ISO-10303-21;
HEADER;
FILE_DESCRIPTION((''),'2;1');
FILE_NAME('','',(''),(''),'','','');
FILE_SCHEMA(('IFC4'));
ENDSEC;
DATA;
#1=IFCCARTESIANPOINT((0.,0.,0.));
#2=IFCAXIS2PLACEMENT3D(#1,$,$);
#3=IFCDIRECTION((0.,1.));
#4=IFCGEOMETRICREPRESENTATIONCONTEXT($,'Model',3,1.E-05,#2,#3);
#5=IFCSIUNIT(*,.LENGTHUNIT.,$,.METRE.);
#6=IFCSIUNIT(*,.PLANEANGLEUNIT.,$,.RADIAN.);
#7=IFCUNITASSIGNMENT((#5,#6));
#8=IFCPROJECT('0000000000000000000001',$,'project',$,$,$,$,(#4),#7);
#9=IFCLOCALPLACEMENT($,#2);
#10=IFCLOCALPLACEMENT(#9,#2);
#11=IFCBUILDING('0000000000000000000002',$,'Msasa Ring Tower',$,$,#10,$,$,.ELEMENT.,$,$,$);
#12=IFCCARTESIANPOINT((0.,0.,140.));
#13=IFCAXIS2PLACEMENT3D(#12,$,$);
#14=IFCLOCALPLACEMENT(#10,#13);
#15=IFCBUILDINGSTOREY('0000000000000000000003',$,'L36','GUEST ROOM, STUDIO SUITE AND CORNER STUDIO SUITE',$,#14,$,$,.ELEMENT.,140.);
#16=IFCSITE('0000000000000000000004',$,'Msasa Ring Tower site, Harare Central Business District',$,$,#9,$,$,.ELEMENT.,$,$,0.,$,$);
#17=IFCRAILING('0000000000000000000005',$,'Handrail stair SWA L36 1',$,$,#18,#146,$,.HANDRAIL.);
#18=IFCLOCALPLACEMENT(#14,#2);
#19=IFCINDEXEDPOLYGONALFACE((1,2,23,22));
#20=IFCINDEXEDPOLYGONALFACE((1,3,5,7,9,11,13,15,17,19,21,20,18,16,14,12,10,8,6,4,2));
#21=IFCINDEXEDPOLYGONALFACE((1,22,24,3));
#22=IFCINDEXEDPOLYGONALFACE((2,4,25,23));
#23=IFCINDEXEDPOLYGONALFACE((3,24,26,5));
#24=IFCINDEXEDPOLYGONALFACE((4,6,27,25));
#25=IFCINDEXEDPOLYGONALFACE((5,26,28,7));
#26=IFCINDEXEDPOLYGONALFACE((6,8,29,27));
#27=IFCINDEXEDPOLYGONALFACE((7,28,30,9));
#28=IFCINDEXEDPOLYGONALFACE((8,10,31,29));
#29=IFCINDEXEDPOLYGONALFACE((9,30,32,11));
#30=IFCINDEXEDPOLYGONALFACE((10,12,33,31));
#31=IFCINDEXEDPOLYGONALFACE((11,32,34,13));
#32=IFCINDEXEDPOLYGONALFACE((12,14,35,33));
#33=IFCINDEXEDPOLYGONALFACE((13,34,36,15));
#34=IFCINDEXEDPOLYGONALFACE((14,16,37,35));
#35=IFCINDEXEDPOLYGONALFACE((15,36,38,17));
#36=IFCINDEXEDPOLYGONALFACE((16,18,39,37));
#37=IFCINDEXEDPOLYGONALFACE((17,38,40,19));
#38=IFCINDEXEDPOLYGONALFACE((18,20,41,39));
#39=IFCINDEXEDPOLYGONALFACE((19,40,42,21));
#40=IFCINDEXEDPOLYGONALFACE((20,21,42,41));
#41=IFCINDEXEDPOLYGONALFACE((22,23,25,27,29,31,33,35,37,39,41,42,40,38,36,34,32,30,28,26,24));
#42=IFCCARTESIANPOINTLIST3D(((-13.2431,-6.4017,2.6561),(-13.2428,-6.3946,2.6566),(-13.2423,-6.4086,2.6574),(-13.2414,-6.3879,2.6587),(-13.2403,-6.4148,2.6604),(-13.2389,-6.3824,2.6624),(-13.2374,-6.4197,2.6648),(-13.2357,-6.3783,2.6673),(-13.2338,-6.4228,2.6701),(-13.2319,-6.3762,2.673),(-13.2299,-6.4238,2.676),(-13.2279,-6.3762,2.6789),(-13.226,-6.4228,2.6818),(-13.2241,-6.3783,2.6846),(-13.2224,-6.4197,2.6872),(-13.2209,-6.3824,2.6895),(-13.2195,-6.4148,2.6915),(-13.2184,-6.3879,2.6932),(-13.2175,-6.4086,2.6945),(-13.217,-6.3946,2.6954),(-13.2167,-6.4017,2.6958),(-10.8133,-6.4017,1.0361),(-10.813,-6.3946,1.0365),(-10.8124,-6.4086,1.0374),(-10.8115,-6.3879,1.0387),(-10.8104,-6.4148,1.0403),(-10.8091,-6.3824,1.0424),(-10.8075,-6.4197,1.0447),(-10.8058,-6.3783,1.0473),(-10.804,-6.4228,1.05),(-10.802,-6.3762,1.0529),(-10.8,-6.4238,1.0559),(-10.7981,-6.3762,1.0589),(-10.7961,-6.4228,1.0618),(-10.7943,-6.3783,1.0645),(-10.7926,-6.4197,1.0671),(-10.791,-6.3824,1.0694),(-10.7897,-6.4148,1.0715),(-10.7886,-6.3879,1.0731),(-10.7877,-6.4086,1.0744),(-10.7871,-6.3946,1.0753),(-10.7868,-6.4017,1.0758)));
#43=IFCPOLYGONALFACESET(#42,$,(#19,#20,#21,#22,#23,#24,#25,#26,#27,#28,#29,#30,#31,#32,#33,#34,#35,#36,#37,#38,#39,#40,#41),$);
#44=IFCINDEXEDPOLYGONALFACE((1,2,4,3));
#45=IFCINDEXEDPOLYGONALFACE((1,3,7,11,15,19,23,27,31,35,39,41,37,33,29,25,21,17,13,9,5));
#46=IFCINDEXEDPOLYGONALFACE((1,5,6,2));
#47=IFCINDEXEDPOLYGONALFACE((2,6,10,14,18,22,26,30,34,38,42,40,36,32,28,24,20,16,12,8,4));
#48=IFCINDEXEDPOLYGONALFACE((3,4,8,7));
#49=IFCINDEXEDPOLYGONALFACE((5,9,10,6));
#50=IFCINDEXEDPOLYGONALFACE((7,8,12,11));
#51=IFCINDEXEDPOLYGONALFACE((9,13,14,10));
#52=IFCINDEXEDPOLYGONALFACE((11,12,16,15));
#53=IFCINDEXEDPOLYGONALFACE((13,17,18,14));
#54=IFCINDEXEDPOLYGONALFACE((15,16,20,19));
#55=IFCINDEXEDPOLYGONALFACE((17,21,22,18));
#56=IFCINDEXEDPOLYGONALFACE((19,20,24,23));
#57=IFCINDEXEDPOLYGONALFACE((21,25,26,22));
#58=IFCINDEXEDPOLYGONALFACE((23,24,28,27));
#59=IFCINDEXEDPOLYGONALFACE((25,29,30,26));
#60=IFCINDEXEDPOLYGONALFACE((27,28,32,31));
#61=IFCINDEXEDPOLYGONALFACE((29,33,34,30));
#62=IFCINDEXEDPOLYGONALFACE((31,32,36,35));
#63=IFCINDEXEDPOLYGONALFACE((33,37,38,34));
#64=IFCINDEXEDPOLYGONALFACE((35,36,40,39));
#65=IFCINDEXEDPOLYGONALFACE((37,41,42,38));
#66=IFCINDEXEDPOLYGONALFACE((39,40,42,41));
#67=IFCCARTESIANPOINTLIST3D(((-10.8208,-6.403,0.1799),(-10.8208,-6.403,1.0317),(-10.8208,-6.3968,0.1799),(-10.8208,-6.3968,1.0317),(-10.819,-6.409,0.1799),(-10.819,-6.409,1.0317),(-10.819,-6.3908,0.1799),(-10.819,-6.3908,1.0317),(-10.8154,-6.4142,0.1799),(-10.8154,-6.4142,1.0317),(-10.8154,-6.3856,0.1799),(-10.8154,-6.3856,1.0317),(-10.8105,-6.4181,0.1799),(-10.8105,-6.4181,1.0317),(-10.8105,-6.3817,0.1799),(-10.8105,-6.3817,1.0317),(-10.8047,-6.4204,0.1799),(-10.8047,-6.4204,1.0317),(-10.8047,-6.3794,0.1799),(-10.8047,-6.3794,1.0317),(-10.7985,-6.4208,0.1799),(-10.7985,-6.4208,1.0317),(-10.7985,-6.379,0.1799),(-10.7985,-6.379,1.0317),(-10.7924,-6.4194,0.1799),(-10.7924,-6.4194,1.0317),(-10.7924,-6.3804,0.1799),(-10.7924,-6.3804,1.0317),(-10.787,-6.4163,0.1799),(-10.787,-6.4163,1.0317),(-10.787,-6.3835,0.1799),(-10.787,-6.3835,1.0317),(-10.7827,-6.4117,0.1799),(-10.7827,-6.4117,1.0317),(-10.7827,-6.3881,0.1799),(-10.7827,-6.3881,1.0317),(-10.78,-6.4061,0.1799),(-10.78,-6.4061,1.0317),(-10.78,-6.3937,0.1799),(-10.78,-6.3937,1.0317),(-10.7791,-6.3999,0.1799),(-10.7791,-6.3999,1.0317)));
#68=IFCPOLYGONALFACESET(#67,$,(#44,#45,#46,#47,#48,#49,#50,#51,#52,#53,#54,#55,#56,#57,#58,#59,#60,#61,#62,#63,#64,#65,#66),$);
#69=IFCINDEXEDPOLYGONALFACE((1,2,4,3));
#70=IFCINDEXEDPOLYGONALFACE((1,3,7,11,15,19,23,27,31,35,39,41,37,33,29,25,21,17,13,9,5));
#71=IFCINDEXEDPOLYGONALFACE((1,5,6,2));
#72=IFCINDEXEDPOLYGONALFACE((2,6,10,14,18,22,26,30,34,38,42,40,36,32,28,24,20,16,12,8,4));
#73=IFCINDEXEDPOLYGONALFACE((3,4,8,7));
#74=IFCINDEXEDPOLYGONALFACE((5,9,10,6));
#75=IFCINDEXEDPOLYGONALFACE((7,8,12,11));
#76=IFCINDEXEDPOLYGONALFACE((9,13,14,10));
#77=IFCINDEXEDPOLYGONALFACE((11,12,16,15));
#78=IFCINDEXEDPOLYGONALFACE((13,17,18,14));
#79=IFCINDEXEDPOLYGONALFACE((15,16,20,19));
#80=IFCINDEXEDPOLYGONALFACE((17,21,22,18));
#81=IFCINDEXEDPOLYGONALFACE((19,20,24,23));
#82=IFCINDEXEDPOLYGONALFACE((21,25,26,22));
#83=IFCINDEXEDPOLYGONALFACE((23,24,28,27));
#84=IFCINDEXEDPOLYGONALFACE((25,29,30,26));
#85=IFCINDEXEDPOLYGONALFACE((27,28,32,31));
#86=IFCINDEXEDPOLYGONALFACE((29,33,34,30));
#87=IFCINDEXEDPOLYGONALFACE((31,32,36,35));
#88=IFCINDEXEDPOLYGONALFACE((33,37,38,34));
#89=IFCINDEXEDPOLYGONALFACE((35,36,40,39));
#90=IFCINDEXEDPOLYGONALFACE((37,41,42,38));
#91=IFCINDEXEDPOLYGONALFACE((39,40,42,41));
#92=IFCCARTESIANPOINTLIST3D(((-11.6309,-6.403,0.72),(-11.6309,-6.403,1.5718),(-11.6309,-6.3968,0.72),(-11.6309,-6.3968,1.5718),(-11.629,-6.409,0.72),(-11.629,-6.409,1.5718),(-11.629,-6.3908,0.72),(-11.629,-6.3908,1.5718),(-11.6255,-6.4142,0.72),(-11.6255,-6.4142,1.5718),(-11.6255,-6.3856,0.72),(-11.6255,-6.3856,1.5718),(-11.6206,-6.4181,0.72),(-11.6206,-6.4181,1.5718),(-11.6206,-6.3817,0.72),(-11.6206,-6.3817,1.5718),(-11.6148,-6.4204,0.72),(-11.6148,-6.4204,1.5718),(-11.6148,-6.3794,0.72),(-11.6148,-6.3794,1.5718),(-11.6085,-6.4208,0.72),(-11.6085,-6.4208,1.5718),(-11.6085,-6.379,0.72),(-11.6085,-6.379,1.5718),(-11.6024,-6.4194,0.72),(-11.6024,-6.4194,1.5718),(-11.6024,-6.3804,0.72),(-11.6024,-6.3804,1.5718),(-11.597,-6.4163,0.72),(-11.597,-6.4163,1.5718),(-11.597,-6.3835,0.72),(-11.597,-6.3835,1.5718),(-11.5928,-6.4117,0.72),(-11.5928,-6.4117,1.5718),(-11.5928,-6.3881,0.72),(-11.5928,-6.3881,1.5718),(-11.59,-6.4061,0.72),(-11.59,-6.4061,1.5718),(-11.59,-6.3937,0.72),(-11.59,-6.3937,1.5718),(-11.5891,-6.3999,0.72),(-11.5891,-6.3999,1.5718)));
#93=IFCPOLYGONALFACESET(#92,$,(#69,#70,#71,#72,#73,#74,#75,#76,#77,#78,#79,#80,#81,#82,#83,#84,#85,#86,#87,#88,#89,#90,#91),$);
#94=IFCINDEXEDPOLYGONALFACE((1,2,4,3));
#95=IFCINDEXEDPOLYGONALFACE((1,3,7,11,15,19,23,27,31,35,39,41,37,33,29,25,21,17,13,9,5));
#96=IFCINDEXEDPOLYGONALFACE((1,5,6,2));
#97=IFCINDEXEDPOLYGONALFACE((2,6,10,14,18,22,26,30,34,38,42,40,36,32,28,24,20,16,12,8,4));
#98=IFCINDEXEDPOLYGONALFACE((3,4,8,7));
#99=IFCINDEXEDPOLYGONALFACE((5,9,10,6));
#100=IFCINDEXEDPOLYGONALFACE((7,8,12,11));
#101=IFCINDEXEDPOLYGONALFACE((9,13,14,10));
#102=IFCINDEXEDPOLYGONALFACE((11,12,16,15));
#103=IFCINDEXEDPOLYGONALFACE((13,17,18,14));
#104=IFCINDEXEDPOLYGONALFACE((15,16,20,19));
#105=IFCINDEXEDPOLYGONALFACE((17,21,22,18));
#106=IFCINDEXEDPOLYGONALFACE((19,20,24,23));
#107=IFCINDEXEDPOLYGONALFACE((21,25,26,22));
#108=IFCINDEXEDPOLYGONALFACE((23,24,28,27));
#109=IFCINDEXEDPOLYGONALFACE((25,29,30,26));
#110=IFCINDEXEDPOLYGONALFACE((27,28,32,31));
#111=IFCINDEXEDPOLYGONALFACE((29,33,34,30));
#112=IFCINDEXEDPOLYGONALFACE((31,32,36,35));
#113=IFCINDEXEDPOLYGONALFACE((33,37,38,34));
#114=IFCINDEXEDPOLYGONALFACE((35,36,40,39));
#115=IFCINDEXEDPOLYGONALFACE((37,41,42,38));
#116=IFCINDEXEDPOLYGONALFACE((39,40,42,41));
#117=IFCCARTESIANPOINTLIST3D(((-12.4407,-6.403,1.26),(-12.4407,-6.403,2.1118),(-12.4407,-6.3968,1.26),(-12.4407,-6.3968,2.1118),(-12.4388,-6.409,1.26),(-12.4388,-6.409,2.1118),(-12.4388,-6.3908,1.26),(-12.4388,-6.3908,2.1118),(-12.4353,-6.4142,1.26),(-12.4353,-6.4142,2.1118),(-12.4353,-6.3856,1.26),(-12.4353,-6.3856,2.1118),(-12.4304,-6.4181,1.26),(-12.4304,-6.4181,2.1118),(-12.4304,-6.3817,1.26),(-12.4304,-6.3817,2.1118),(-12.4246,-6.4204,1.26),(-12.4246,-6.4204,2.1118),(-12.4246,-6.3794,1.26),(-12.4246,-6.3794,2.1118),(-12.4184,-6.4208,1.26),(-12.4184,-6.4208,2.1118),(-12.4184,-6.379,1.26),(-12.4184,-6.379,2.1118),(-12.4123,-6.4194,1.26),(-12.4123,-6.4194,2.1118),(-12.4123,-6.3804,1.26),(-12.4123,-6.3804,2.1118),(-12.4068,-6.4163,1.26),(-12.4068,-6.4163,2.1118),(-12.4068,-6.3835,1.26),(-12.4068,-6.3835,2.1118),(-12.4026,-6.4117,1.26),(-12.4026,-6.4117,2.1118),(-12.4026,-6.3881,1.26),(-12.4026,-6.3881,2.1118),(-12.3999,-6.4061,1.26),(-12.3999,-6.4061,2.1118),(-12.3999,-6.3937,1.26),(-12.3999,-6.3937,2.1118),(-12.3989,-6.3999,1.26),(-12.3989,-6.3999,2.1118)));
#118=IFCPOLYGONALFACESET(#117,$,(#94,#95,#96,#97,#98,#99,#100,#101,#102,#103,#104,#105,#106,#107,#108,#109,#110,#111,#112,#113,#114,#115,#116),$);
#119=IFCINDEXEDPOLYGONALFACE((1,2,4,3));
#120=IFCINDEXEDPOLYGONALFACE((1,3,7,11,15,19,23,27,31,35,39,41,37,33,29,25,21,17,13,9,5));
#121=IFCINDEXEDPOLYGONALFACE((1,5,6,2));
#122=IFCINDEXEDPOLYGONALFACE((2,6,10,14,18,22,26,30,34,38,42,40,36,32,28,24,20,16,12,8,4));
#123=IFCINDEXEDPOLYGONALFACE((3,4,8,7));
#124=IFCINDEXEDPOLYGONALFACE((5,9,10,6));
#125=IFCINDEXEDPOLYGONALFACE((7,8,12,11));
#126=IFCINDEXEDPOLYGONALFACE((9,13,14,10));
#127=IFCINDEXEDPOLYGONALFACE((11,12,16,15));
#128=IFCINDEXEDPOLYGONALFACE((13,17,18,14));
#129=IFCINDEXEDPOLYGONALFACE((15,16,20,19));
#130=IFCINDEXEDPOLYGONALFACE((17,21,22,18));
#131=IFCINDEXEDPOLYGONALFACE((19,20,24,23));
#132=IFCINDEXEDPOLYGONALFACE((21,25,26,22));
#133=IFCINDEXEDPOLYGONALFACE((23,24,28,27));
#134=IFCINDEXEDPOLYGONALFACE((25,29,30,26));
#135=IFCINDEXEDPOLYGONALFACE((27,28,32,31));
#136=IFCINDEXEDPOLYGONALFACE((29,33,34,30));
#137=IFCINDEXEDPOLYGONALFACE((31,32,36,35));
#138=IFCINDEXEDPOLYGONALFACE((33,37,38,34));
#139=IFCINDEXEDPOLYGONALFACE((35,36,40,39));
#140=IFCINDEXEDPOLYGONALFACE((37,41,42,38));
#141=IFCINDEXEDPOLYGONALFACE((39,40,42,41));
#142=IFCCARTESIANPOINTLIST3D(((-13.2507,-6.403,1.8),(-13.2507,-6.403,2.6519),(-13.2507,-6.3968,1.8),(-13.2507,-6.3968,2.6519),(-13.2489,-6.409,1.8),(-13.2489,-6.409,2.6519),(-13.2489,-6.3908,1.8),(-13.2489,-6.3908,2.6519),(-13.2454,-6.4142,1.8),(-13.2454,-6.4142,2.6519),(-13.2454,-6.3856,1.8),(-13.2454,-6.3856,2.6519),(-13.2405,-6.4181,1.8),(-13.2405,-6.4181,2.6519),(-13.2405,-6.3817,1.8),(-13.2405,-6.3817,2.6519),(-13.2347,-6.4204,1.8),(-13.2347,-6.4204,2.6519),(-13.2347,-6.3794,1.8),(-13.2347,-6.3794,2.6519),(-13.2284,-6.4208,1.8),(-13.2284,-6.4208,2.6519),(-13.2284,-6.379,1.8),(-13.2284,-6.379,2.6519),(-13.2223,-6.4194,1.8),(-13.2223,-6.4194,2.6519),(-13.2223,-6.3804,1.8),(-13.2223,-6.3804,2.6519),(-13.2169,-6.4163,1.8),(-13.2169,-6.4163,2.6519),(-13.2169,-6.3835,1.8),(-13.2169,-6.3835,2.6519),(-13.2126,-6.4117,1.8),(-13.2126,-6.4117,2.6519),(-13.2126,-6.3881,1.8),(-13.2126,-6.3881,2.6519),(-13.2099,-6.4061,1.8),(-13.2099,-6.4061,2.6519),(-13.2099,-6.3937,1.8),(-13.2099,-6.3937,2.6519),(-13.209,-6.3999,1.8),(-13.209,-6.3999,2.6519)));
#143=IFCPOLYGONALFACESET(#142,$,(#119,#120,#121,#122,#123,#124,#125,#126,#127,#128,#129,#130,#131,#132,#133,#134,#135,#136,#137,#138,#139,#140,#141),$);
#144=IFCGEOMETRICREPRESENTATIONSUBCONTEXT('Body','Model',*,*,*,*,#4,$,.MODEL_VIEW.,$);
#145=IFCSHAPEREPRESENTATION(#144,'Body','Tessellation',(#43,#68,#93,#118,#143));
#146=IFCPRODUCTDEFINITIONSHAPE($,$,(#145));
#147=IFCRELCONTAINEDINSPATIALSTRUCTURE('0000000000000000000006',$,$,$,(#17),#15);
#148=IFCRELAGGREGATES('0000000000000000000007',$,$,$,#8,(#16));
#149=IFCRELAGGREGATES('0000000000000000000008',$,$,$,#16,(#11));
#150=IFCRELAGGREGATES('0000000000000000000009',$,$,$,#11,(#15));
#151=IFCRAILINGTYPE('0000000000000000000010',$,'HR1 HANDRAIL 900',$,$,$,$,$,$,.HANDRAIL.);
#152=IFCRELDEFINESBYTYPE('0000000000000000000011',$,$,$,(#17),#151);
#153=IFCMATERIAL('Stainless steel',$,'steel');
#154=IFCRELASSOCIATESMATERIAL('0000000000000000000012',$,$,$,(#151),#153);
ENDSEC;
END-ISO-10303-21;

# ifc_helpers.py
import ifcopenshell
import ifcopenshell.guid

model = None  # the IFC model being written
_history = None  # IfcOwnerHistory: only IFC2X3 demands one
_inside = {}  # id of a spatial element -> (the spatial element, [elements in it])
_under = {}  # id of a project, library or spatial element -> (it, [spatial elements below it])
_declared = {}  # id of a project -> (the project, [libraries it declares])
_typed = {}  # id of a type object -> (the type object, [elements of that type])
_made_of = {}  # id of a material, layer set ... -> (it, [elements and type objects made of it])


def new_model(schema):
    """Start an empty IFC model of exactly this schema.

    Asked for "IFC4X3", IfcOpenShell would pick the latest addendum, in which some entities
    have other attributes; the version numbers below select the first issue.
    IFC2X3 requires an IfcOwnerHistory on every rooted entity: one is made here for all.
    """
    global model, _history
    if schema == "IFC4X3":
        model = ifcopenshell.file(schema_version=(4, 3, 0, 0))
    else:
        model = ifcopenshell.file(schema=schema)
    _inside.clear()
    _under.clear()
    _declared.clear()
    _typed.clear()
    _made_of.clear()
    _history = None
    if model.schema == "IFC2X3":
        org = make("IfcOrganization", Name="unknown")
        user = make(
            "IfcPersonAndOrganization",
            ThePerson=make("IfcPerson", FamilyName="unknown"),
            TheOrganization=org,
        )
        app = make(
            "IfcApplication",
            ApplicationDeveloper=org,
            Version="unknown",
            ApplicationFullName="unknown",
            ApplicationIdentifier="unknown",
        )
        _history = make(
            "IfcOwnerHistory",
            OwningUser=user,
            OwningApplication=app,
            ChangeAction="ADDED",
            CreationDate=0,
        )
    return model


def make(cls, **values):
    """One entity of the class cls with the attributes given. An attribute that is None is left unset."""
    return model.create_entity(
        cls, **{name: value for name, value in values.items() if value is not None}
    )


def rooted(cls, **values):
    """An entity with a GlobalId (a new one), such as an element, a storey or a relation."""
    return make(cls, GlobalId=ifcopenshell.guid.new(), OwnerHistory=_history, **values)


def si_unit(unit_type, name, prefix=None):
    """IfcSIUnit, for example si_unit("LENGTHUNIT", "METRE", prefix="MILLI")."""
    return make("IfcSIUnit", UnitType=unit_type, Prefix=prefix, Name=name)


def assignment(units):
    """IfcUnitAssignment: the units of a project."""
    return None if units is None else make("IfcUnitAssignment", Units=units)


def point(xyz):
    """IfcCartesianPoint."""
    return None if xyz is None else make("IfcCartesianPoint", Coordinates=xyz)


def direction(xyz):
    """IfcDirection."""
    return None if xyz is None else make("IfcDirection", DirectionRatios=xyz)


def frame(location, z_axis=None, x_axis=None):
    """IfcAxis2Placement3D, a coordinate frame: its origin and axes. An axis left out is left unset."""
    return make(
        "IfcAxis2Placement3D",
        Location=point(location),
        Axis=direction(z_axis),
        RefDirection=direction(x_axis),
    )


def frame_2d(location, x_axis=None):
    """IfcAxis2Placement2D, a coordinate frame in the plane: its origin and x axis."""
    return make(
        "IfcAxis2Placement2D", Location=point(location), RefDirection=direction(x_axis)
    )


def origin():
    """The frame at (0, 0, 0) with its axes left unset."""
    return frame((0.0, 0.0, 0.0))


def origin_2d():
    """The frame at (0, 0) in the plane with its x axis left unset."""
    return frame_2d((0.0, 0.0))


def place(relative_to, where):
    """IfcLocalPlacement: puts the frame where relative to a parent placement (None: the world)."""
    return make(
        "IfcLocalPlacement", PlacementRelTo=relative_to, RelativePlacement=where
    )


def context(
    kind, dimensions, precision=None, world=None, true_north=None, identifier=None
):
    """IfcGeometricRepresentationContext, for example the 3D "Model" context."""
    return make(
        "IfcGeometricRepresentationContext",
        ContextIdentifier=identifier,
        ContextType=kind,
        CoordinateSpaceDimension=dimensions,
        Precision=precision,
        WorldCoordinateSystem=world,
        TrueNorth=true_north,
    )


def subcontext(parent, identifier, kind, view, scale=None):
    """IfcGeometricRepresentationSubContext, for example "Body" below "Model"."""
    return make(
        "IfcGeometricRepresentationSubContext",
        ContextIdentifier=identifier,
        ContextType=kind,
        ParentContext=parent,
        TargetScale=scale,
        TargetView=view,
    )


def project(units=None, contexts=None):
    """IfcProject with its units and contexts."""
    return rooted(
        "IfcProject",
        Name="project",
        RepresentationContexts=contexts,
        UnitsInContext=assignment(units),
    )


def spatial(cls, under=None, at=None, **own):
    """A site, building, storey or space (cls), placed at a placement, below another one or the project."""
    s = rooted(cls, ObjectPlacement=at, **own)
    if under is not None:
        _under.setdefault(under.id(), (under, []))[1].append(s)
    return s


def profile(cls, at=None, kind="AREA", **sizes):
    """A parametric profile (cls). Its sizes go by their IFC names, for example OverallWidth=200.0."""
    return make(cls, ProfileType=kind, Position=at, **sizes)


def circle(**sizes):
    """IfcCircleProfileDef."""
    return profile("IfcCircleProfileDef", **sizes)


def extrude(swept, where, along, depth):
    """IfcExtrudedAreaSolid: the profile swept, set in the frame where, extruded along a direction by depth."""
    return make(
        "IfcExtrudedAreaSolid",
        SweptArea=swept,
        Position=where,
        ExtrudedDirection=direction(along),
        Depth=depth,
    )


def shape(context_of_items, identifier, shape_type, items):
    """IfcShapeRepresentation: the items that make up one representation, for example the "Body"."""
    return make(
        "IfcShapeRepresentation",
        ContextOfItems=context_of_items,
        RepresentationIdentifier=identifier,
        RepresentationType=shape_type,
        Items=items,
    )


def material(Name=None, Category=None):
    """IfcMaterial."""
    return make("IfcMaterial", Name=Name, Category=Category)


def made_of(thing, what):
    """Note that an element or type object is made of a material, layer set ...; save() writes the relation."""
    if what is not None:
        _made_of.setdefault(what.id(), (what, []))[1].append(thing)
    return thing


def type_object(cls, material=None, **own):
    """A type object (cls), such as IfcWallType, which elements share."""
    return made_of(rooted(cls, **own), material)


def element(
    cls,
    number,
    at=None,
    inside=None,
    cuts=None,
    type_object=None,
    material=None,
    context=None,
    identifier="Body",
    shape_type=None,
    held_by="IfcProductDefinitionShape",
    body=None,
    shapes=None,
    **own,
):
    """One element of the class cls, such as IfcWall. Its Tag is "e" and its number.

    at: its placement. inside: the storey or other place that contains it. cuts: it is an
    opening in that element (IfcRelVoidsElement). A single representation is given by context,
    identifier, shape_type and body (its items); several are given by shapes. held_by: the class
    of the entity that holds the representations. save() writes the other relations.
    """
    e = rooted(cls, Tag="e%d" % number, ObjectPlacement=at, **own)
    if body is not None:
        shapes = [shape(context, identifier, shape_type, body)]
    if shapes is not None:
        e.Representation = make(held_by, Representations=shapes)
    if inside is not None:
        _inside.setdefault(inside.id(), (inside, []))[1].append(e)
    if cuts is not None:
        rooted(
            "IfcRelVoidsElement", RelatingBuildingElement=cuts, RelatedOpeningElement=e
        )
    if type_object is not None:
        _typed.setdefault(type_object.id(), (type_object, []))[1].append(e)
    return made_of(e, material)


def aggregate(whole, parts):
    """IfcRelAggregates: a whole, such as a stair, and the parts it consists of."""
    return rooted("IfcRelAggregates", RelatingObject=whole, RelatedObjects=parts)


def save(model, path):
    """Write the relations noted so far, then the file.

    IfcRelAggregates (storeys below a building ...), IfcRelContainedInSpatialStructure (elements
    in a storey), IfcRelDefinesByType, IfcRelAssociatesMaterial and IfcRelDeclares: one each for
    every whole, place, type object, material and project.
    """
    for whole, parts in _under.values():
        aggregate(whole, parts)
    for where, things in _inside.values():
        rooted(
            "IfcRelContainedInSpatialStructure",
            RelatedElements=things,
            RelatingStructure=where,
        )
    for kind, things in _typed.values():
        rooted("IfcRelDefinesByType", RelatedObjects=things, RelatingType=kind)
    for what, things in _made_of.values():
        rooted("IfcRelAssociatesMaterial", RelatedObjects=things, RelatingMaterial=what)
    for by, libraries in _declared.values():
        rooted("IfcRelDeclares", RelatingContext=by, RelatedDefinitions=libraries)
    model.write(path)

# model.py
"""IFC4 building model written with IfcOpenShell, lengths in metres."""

from ifc_helpers import new_model, si_unit, direction, frame, origin, origin_2d, place, context, subcontext, project, spatial, circle, extrude, material, type_object, element, save


model = new_model("IFC4")

# Units and contexts
model_context = context("Model", 3, precision=1e-05, world=origin(), true_north=direction((0.0, 1.0)))
body_context = subcontext(model_context, "Body", "Model", "MODEL_VIEW")
ifc_project = project(units=[si_unit("LENGTHUNIT", "METRE"), si_unit("PLANEANGLEUNIT", "RADIAN")], contexts=[model_context])

# Site, building, storey
site_placement = place(None, origin())
site = spatial("IfcSite", under=ifc_project, at=site_placement, Name="Msasa Ring Tower site, Harare Central Business District", CompositionType="ELEMENT", RefElevation=0.0)
building_placement = place(site_placement, origin())
building = spatial("IfcBuilding", under=site, at=building_placement, Name="Msasa Ring Tower", CompositionType="ELEMENT")
storey_placement = place(building_placement, frame((0.0, 0.0, 140.0)))
storey = spatial("IfcBuildingStorey", under=building, at=storey_placement, Name="L36", Description="GUEST ROOM, STUDIO SUITE AND CORNER STUDIO SUITE", CompositionType="ELEMENT", Elevation=140.0)

# Railing
ifc_material_1 = material(Name="Stainless steel", Category="steel")
railing_type = type_object("IfcRailingType", Name="HR1 HANDRAIL 900", PredefinedType="HANDRAIL", material=ifc_material_1)
for number, where, name in (
    (1, (-10.8, -6.3999, 0.1799), "Handrail stair SWA L36 1"),
):
    element("IfcRailing", number, at=place(storey_placement, frame(where)), inside=storey, type_object=railing_type, Name=name, PredefinedType="HANDRAIL", context=body_context, shape_type="SweptSolid", body=[
        extrude(circle(Radius=0.0239, at=origin_2d()), frame((0.0, 0.0, 0.876), z_axis=(-0.832025, 0.0, 0.554739), x_axis=(0.0, -1.0, 0.0)), (0.0, 0.0, 1.0), 2.9204),
        extrude(circle(Radius=0.021, at=origin_2d()), origin(), (0.0, 0.0, 1.0), 0.8518),
        extrude(circle(Radius=0.021, at=origin_2d()), frame((-0.8101, 0.0, 0.54)), (0.0, 0.0, 1.0), 0.8518),
        extrude(circle(Radius=0.021, at=origin_2d()), frame((-1.6199, 0.0, 1.0801)), (0.0, 0.0, 1.0), 0.8518),
        extrude(circle(Radius=0.021, at=origin_2d()), frame((-2.4299, 0.0, 1.6201)), (0.0, 0.0, 1.0), 0.8518),
    ])

save(model, "model.ifc")
